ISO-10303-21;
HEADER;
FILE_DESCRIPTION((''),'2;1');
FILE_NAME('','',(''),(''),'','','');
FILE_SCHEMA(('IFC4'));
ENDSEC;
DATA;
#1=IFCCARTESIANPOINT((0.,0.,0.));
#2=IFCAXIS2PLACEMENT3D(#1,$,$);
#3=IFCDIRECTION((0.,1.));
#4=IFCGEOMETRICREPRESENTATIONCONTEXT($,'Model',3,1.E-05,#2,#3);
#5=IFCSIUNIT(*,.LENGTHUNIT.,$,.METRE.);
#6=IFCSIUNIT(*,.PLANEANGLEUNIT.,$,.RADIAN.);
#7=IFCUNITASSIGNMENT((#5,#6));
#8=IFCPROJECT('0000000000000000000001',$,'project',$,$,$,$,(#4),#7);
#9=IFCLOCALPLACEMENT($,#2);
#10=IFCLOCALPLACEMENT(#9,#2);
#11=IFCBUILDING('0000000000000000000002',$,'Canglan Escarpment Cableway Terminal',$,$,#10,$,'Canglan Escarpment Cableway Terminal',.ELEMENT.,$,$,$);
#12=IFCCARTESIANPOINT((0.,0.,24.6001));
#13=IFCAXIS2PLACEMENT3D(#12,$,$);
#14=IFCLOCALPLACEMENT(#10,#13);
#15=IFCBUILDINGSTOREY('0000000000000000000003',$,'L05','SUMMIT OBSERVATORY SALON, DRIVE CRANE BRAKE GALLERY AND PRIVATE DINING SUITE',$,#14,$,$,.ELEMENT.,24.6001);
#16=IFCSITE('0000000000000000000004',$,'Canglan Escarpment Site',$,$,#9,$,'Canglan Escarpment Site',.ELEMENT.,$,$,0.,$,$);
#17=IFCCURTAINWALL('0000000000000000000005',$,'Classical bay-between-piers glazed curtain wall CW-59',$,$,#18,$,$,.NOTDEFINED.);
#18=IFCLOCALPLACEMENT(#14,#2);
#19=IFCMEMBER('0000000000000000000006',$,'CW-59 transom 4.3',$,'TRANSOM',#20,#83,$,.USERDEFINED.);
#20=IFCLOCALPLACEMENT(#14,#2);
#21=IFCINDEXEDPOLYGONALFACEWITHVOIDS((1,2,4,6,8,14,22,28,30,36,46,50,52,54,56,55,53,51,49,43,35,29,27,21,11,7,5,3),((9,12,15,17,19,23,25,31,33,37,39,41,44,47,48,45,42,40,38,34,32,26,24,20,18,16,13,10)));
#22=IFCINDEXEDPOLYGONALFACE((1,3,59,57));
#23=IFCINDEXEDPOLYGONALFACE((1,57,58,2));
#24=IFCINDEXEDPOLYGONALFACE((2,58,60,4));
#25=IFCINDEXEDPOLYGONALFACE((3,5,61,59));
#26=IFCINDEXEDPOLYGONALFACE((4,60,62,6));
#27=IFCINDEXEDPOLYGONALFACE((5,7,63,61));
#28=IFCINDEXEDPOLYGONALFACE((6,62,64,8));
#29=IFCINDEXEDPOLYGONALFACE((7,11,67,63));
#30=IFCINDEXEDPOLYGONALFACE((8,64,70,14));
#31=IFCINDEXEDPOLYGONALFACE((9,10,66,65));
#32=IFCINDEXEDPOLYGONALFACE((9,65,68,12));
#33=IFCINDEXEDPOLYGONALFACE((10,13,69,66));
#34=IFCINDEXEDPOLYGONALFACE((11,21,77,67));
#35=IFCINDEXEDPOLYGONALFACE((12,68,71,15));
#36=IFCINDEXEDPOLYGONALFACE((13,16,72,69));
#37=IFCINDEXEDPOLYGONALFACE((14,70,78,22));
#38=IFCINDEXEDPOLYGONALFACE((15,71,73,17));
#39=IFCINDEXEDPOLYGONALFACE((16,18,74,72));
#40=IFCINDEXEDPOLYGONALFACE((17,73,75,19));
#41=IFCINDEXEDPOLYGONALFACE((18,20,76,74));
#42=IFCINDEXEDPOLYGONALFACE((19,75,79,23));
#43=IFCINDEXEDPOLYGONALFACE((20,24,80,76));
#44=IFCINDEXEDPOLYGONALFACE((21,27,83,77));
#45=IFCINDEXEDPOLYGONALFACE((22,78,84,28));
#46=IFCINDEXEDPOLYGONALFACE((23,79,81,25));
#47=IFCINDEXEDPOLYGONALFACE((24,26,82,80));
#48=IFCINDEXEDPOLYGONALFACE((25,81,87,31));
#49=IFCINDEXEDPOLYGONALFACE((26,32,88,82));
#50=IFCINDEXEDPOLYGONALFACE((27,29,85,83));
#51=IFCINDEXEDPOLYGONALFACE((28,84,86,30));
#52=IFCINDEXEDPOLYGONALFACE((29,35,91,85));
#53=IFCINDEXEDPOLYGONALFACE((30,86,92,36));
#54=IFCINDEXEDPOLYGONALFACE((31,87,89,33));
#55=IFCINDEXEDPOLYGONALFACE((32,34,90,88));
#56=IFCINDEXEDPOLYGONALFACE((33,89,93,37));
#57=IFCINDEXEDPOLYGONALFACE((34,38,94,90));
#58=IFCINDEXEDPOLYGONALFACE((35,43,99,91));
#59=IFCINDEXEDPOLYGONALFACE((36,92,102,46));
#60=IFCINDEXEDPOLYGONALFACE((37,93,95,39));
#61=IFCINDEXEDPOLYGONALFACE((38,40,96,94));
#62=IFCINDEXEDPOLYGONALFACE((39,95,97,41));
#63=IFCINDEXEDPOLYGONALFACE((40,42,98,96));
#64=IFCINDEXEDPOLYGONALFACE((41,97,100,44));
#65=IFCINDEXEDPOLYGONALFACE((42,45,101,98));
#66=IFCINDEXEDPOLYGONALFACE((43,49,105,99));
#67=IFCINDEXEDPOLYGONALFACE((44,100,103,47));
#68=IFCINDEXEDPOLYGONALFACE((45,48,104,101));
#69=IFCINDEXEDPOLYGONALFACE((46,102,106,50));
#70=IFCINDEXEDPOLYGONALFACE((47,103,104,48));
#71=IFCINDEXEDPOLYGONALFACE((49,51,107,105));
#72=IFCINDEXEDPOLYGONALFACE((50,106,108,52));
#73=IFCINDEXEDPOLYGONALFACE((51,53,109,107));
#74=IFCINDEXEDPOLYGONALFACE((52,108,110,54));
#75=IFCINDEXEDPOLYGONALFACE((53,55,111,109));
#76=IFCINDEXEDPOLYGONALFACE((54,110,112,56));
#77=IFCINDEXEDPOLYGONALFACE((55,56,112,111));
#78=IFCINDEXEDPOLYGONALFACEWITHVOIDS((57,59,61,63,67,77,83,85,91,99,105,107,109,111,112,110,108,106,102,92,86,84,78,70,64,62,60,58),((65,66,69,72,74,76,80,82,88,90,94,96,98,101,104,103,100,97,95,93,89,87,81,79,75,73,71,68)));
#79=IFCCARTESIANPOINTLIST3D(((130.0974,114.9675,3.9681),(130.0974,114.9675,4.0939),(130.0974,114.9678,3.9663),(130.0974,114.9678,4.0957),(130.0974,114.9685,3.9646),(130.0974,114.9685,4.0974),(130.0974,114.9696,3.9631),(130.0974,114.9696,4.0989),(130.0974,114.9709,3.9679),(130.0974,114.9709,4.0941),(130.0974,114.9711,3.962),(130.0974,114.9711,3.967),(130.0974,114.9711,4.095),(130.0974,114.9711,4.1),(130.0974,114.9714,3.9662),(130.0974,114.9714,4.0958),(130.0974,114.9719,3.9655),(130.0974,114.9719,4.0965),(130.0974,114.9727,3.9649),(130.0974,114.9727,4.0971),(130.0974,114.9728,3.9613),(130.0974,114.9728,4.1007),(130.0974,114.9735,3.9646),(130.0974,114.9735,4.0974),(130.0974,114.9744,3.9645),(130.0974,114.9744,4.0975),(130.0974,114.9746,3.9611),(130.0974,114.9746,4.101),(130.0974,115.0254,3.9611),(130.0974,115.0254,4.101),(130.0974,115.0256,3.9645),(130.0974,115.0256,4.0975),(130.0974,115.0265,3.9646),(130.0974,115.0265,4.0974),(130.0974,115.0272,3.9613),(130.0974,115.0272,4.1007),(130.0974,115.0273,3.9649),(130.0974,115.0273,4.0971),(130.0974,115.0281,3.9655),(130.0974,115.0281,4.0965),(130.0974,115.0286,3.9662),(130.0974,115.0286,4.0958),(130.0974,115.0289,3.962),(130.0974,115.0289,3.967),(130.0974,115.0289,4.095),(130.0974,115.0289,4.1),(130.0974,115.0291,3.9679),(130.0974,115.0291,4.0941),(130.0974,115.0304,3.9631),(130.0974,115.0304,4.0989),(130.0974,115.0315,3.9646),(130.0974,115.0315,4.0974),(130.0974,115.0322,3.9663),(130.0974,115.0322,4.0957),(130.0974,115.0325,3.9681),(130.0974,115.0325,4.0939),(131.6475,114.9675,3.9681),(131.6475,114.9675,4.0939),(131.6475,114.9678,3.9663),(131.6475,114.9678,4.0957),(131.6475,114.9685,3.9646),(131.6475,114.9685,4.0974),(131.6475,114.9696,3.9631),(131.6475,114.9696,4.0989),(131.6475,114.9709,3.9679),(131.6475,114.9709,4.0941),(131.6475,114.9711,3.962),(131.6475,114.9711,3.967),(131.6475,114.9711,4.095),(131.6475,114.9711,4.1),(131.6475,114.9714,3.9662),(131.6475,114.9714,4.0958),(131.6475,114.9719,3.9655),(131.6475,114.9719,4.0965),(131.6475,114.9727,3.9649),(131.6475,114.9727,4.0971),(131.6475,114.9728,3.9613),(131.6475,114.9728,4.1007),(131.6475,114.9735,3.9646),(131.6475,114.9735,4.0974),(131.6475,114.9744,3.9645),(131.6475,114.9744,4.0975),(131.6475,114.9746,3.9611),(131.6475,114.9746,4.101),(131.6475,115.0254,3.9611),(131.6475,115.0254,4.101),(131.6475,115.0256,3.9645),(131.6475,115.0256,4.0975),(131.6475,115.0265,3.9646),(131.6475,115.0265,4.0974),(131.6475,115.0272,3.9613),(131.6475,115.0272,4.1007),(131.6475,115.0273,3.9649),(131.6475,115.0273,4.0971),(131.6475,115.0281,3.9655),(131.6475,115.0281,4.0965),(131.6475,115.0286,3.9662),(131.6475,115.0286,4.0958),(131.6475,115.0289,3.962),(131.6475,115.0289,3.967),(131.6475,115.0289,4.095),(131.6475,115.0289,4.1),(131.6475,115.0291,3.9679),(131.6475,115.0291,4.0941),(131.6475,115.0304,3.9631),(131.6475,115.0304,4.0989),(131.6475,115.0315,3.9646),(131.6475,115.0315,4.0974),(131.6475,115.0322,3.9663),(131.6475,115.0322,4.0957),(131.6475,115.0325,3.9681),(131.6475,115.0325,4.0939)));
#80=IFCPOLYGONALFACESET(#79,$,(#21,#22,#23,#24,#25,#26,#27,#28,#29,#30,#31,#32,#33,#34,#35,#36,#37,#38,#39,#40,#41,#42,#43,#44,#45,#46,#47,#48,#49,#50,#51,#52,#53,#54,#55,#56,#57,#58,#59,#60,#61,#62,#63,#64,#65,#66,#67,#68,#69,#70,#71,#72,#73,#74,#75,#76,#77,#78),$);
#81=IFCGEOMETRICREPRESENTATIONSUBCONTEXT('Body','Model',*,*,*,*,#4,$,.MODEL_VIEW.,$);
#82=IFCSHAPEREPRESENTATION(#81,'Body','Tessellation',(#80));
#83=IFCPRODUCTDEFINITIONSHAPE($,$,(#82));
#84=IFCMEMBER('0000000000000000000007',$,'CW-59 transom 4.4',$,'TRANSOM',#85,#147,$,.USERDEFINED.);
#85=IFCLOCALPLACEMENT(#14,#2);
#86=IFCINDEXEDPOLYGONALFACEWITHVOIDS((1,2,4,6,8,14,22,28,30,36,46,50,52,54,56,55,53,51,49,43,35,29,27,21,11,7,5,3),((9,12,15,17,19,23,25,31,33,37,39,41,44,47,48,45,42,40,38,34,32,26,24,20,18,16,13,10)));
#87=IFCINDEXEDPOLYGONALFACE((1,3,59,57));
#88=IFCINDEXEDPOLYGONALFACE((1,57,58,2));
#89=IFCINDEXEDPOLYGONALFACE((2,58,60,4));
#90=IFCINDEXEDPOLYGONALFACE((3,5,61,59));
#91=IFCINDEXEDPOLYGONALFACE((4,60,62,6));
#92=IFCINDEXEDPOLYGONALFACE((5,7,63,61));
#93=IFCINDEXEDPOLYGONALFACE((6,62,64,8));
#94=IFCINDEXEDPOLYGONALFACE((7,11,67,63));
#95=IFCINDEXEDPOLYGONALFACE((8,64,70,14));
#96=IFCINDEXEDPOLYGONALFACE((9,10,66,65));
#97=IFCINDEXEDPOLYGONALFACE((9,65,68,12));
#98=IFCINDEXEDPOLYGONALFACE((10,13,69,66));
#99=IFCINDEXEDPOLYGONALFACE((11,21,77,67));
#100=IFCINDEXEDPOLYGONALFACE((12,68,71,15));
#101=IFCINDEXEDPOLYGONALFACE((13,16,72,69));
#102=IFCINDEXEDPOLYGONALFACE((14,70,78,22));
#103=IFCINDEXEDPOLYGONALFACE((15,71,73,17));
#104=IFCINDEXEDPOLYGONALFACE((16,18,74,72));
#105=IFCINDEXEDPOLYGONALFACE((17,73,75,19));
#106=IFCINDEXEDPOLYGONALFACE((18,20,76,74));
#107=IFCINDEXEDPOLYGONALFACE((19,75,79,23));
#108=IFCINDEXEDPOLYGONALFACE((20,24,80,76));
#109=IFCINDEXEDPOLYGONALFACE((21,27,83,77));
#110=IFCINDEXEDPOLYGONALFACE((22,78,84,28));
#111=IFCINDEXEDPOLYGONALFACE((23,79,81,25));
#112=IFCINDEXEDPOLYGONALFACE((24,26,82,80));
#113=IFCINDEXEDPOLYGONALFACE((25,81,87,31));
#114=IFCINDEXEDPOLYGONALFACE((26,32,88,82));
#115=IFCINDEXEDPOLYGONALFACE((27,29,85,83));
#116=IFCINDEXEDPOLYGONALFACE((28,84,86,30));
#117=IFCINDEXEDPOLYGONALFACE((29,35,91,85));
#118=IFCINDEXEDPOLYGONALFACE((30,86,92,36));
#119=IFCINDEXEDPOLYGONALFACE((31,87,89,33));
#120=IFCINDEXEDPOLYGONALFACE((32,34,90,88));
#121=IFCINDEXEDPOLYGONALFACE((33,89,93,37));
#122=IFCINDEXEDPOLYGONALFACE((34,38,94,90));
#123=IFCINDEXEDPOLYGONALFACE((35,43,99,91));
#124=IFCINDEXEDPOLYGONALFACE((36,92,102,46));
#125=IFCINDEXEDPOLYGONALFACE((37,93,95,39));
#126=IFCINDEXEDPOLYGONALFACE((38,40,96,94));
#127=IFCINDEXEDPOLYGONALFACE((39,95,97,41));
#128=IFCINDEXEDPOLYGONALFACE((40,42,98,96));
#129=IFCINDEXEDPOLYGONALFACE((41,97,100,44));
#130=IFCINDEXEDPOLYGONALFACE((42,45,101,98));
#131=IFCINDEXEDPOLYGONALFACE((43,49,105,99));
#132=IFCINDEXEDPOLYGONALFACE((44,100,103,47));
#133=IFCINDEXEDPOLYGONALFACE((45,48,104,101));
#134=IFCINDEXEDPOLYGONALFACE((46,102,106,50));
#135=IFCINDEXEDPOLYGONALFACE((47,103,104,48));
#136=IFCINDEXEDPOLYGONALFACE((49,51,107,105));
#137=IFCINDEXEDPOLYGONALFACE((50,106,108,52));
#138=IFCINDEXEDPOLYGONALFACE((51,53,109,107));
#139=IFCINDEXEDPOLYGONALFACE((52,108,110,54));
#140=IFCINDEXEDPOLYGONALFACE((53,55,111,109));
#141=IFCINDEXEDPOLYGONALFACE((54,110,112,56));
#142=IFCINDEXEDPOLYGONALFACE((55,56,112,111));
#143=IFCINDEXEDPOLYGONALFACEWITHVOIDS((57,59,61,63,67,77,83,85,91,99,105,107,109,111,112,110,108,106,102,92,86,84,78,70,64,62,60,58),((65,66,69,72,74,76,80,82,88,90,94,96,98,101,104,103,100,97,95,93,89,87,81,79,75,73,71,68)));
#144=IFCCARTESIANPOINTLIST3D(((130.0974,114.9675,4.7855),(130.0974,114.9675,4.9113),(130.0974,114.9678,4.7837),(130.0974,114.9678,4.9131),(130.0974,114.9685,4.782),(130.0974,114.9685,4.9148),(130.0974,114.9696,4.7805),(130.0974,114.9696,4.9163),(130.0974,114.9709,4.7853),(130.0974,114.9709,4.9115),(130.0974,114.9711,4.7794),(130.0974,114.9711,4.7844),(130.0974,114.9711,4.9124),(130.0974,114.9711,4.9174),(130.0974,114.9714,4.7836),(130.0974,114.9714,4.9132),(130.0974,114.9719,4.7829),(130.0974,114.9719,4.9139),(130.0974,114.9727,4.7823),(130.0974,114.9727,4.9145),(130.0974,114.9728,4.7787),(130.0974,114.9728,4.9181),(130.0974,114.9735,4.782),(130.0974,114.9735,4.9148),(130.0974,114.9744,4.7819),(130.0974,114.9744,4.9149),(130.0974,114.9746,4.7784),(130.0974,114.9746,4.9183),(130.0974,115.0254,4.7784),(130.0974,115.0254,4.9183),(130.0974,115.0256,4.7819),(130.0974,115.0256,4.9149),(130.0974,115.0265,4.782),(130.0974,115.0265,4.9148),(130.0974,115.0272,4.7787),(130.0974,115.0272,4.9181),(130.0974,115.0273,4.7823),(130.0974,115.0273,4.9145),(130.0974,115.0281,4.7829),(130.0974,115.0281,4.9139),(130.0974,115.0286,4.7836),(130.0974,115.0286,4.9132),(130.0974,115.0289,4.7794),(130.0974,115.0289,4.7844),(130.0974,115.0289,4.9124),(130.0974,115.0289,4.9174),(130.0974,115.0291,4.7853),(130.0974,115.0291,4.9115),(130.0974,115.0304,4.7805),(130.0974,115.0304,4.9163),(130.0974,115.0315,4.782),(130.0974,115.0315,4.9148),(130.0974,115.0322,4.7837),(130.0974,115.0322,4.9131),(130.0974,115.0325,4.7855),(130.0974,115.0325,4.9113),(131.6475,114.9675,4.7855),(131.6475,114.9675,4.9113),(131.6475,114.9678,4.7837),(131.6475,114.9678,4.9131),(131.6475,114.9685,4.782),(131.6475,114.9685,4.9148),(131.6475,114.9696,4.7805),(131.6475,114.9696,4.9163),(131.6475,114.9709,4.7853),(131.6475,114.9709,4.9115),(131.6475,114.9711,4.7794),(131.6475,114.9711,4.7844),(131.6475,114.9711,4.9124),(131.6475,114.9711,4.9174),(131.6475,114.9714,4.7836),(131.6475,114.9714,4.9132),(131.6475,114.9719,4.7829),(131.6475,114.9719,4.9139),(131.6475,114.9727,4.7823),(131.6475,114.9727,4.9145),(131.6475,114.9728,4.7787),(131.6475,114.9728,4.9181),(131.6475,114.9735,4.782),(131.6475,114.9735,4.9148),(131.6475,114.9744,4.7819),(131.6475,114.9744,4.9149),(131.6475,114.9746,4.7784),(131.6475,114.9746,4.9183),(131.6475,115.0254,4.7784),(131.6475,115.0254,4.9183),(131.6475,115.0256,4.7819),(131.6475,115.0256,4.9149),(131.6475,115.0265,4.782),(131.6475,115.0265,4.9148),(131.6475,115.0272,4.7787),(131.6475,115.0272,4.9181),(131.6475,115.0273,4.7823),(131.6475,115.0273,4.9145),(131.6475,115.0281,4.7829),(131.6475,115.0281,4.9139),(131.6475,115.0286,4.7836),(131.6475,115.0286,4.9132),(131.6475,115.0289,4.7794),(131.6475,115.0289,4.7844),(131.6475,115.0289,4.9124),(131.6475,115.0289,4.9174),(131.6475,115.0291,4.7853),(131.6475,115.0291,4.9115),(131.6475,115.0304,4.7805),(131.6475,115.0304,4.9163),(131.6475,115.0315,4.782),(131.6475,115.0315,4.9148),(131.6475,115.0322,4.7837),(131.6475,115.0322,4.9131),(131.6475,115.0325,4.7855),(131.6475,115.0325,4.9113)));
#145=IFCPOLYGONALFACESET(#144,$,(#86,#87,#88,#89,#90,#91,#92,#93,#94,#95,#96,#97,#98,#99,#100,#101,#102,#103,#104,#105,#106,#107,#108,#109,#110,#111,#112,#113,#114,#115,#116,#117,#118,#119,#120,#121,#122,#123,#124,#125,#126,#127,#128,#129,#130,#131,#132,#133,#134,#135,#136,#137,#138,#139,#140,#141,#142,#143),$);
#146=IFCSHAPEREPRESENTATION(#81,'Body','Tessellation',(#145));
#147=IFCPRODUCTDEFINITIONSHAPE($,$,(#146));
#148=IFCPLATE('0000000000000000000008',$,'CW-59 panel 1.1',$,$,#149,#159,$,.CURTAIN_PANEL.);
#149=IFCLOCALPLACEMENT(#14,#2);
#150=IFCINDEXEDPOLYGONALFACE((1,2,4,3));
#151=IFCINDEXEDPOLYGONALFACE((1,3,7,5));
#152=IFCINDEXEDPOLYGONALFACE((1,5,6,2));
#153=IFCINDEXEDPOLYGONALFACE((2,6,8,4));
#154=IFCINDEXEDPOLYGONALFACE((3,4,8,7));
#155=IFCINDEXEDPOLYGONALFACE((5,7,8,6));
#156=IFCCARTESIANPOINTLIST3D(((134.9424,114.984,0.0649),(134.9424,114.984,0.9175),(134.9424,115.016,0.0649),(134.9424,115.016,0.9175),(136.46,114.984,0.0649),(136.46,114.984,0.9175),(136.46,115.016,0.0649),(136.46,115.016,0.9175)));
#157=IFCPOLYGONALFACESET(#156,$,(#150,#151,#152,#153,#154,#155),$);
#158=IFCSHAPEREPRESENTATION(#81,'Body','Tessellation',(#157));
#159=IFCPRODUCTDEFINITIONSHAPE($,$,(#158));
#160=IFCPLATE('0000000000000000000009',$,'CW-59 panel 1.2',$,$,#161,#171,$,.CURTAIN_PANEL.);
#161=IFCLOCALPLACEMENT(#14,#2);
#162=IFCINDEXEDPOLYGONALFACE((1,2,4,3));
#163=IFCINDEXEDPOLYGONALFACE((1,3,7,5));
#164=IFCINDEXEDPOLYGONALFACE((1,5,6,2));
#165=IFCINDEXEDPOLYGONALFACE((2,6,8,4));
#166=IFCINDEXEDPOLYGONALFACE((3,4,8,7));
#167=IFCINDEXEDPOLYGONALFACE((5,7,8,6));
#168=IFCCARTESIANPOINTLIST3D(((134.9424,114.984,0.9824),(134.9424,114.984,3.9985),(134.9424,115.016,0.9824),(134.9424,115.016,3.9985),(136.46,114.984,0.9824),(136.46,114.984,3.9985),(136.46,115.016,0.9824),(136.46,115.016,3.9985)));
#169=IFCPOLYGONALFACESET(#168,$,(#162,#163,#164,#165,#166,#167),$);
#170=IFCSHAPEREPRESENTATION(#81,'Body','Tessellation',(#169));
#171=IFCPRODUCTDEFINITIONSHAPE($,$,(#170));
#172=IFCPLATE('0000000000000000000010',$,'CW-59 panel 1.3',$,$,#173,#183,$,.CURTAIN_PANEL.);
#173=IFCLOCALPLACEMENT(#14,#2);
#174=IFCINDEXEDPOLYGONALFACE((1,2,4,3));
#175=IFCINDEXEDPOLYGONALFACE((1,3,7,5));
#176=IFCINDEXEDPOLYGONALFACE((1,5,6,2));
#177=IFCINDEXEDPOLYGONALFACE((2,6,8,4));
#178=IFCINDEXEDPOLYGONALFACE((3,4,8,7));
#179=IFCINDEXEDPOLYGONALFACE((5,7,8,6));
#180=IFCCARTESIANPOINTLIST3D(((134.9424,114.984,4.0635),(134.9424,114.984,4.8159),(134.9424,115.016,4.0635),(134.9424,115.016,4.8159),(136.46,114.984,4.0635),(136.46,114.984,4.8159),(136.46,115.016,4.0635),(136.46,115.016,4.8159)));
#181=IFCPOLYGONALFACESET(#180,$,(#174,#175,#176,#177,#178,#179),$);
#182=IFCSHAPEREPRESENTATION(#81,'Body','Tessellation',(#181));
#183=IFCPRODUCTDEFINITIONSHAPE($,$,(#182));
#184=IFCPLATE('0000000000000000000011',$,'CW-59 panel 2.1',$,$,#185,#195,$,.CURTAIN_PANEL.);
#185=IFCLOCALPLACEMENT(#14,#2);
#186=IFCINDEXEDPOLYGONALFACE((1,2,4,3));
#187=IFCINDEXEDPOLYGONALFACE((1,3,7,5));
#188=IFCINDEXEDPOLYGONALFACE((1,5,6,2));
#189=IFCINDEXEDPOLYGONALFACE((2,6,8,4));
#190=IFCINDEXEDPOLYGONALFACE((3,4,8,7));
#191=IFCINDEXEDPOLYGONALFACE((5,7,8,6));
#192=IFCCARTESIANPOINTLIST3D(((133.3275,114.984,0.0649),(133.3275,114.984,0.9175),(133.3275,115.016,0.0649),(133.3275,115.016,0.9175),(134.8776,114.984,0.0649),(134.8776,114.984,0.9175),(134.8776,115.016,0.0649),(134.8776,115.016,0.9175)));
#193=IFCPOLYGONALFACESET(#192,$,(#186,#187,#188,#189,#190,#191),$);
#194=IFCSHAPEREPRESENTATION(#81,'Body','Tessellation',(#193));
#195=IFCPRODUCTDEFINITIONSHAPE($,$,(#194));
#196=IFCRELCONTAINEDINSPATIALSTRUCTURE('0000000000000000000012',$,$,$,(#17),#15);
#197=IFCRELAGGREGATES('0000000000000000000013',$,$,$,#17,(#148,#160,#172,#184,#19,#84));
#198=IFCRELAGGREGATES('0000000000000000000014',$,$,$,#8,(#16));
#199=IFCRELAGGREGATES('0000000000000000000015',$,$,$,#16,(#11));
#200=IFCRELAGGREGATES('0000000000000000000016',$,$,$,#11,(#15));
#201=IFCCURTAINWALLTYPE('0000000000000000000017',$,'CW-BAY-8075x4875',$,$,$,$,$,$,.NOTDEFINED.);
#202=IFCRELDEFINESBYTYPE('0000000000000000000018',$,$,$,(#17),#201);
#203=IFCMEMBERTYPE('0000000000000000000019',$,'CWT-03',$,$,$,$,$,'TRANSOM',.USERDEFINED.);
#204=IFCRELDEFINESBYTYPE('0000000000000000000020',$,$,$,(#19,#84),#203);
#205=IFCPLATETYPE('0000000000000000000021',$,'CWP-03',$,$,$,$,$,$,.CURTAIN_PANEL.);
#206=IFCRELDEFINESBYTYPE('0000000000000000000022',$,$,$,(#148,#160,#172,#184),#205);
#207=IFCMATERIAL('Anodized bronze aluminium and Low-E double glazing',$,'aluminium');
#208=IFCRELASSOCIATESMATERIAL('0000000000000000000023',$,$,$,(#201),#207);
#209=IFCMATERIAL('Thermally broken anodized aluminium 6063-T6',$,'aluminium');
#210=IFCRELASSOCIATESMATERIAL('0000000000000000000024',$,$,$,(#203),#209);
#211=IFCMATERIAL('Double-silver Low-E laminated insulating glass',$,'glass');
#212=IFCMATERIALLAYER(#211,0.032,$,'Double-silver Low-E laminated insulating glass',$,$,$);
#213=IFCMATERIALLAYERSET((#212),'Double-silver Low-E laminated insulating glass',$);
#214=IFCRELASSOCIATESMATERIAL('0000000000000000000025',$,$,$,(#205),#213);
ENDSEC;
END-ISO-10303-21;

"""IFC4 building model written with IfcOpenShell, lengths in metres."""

from ifc_helpers import new_model, si_unit, direction, frame, origin, origin_2d, place, context, subcontext, project, spatial, rectangle, hollow_rectangle, extrude, material, layer, layer_set, material_profile, profile_set, type_object, element, aggregate, save


model = new_model("IFC4")

# Units and contexts
model_context = context("Model", 3, precision=1e-05, world=origin(), true_north=direction((0.0, 1.0)))
body_context = subcontext(model_context, "Body", "Model", "MODEL_VIEW")
ifc_project = project(units=[si_unit("LENGTHUNIT", "METRE"), si_unit("PLANEANGLEUNIT", "RADIAN")], contexts=[model_context])

# Site, building, storey
site_placement = place(None, origin())
site = spatial("IfcSite", under=ifc_project, at=site_placement, Name="Canglan Escarpment Site", LongName="Canglan Escarpment Site", CompositionType="ELEMENT", RefElevation=0.0)
building_placement = place(site_placement, origin())
building = spatial("IfcBuilding", under=site, at=building_placement, Name="Canglan Escarpment Cableway Terminal", LongName="Canglan Escarpment Cableway Terminal", CompositionType="ELEMENT")
storey_placement = place(building_placement, frame((0.0, 0.0, 24.6001)))
storey = spatial("IfcBuildingStorey", under=building, at=storey_placement, Name="L05", Description="SUMMIT OBSERVATORY SALON, DRIVE CRANE BRAKE GALLERY AND PRIVATE DINING SUITE", CompositionType="ELEMENT", Elevation=24.6001)

# Curtain wall, members, plates
ifc_material_1 = material(Name="Anodized bronze aluminium and Low-E double glazing", Category="aluminium")
curtain_wall_type = type_object("IfcCurtainWallType", Name="CW-BAY-8075x4875", PredefinedType="NOTDEFINED", material=ifc_material_1)
curtain_wall_placement = place(storey_placement, origin())
curtain_wall = element("IfcCurtainWall", 1, at=curtain_wall_placement, inside=storey, type_object=curtain_wall_type, Name="Classical bay-between-piers glazed curtain wall CW-59", PredefinedType="NOTDEFINED")
ifc_material_2 = material(Name="Thermally broken anodized aluminium 6063-T6", Category="aluminium")
ifc_material_profile_1 = material_profile(ifc_material_2, hollow_rectangle(XDim=0.0649, YDim=0.1399, WallThickness=0.0034, InnerFilletRadius=0.0034, OuterFilletRadius=0.0071, at=origin_2d()), Name="ALU-TRAN 65x140x3.5")
ifc_profile_set_1 = profile_set([ifc_material_profile_1], Name="Thermally broken anodized aluminium 6063-T6")
member_type_1 = type_object("IfcMemberType", Name="CWT-03", ElementType="TRANSOM", PredefinedType="USERDEFINED", material=ifc_profile_set_1)
member_1_placement = place(storey_placement, frame((131.6475, 115.0, 4.031), z_axis=(-1.0, 0.0, 0.0), x_axis=(0.0, -1.0, 0.0)))
member_1 = element("IfcMember", 2, at=member_1_placement, type_object=member_type_1, Name="CW-59 transom 4.3", ObjectType="TRANSOM", PredefinedType="USERDEFINED", context=body_context, shape_type="SweptSolid", body=[
    extrude(hollow_rectangle(XDim=0.0649, YDim=0.1399, WallThickness=0.0034, InnerFilletRadius=0.0034, OuterFilletRadius=0.0071, at=origin_2d()), origin(), (0.0, 0.0, 1.0), 1.55),
])
member_2_placement = place(storey_placement, frame((131.6475, 115.0, 4.8484), z_axis=(-1.0, 0.0, 0.0), x_axis=(0.0, -1.0, 0.0)))
member_2 = element("IfcMember", 3, at=member_2_placement, type_object=member_type_1, Name="CW-59 transom 4.4", ObjectType="TRANSOM", PredefinedType="USERDEFINED", context=body_context, shape_type="SweptSolid", body=[
    extrude(hollow_rectangle(XDim=0.0649, YDim=0.1399, WallThickness=0.0034, InnerFilletRadius=0.0034, OuterFilletRadius=0.0071, at=origin_2d()), origin(), (0.0, 0.0, 1.0), 1.55),
])
ifc_material_3 = material(Name="Double-silver Low-E laminated insulating glass", Category="glass")
ifc_layer_1 = layer(ifc_material_3, 0.032, Name="Double-silver Low-E laminated insulating glass")
ifc_layer_set_1 = layer_set([ifc_layer_1], Name="Double-silver Low-E laminated insulating glass")
plate_type = type_object("IfcPlateType", Name="CWP-03", PredefinedType="CURTAIN_PANEL", material=ifc_layer_set_1)
plate_1_placement = place(storey_placement, frame((135.7012, 115.0, 0.0649), z_axis=(0.0, 0.0, 1.0), x_axis=(-1.0, 0.0, 0.0)))
plate_1 = element("IfcPlate", 4, at=plate_1_placement, type_object=plate_type, Name="CW-59 panel 1.1", PredefinedType="CURTAIN_PANEL", context=body_context, shape_type="SweptSolid", body=[
    extrude(rectangle(XDim=1.5176, YDim=0.032, at=origin_2d()), origin(), (0.0, 0.0, 1.0), 0.8525),
])
plate_2_placement = place(storey_placement, frame((135.7012, 115.0, 0.9824), z_axis=(0.0, 0.0, 1.0), x_axis=(-1.0, 0.0, 0.0)))
plate_2 = element("IfcPlate", 5, at=plate_2_placement, type_object=plate_type, Name="CW-59 panel 1.2", PredefinedType="CURTAIN_PANEL", context=body_context, shape_type="SweptSolid", body=[
    extrude(rectangle(XDim=1.5176, YDim=0.032, at=origin_2d()), origin(), (0.0, 0.0, 1.0), 3.0161),
])
plate_3_placement = place(storey_placement, frame((135.7012, 115.0, 4.0635), z_axis=(0.0, 0.0, 1.0), x_axis=(-1.0, 0.0, 0.0)))
plate_3 = element("IfcPlate", 6, at=plate_3_placement, type_object=plate_type, Name="CW-59 panel 1.3", PredefinedType="CURTAIN_PANEL", context=body_context, shape_type="SweptSolid", body=[
    extrude(rectangle(XDim=1.5176, YDim=0.032, at=origin_2d()), origin(), (0.0, 0.0, 1.0), 0.7524),
])
plate_4_placement = place(storey_placement, frame((134.1025, 115.0, 0.0649), z_axis=(0.0, 0.0, 1.0), x_axis=(-1.0, 0.0, 0.0)))
plate_4 = element("IfcPlate", 7, at=plate_4_placement, type_object=plate_type, Name="CW-59 panel 2.1", PredefinedType="CURTAIN_PANEL", context=body_context, shape_type="SweptSolid", body=[
    extrude(rectangle(XDim=1.55, YDim=0.032, at=origin_2d()), origin(), (0.0, 0.0, 1.0), 0.8525),
])
aggregate(curtain_wall, [plate_1, plate_2, plate_3, plate_4, member_1, member_2])

save(model, "model.ifc")
